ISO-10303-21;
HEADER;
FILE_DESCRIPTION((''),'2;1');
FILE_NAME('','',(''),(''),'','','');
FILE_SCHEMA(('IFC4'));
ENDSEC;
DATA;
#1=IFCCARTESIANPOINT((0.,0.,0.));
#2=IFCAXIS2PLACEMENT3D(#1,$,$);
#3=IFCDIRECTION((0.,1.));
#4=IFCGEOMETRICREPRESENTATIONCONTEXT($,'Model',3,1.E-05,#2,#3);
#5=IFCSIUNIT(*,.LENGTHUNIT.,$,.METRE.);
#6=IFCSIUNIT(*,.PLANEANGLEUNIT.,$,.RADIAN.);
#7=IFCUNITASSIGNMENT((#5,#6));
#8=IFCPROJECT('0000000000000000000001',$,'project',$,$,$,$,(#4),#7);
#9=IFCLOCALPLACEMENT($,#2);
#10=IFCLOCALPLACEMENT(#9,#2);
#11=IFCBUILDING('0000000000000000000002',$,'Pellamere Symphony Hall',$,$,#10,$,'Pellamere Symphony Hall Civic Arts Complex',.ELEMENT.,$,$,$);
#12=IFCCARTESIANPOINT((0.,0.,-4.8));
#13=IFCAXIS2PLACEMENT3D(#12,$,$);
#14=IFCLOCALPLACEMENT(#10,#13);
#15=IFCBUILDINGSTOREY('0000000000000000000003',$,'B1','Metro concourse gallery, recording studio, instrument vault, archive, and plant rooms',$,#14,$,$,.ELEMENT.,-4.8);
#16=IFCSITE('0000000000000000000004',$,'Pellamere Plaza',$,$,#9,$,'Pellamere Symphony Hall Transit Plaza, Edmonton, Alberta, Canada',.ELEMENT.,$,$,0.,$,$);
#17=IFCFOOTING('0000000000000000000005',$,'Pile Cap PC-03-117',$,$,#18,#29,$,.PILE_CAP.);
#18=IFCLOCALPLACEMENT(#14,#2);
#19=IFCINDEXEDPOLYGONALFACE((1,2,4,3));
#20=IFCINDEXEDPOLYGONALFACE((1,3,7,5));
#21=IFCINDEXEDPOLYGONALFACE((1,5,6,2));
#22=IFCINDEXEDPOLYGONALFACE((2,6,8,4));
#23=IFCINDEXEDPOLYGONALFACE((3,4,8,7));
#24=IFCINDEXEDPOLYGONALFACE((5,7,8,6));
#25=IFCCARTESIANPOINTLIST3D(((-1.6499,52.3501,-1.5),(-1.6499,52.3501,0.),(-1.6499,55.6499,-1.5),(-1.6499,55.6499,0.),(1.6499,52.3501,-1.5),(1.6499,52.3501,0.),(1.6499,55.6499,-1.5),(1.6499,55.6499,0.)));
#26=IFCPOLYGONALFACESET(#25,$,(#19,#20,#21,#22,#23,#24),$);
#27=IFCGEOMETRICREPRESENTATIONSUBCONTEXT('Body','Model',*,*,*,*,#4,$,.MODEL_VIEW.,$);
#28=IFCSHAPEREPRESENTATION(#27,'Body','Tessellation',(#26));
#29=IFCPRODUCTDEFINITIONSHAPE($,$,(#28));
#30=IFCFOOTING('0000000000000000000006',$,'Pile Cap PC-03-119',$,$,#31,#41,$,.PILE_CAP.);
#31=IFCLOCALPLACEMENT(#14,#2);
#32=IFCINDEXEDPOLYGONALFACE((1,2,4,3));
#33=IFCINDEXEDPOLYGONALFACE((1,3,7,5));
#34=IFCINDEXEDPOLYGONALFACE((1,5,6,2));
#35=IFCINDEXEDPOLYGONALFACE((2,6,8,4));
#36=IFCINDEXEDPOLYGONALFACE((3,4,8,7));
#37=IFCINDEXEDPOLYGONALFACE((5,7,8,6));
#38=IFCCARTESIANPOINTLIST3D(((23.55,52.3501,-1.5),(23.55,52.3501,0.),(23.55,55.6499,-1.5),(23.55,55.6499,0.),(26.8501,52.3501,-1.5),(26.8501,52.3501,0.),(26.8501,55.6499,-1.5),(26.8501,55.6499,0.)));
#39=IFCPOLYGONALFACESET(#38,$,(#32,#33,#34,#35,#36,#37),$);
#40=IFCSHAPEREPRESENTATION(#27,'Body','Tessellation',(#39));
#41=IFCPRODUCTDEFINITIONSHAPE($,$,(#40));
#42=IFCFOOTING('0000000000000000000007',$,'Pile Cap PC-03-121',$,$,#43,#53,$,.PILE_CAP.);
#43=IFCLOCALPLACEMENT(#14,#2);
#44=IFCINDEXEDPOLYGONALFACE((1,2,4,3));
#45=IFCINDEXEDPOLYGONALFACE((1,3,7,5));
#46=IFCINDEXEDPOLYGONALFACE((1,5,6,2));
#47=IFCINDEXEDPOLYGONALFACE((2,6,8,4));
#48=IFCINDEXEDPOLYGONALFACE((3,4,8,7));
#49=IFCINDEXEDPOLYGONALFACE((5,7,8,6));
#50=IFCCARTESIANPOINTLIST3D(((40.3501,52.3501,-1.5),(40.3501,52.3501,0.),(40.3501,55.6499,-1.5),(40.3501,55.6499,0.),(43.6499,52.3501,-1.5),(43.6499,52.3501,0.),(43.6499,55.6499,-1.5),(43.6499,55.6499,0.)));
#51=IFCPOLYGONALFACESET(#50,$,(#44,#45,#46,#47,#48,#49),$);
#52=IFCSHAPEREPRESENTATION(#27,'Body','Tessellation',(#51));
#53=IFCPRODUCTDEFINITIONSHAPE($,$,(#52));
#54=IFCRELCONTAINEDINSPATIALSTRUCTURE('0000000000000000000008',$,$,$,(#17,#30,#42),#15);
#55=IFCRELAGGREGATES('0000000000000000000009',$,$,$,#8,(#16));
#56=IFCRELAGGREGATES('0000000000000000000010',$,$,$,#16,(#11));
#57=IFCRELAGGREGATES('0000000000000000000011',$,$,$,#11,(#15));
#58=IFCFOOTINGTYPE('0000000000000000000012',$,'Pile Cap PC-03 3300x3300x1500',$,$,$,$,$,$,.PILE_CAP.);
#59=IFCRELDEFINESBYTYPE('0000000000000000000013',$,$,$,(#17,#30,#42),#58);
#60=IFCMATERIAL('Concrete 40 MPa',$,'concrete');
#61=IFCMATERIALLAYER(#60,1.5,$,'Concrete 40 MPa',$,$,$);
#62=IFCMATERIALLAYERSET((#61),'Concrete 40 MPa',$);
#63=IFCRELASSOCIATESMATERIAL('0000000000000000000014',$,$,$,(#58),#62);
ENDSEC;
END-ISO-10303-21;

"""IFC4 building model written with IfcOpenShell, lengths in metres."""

from ifc_helpers import new_model, si_unit, direction, frame, origin, place, context, subcontext, project, spatial, polyline, outline, extrude, material, layer, layer_set, type_object, element, save


model = new_model("IFC4")

# Units and contexts
model_context = context("Model", 3, precision=1e-05, world=origin(), true_north=direction((0.0, 1.0)))
body_context = subcontext(model_context, "Body", "Model", "MODEL_VIEW")
ifc_project = project(units=[si_unit("LENGTHUNIT", "METRE"), si_unit("PLANEANGLEUNIT", "RADIAN")], contexts=[model_context])

# Site, building, storey
site_placement = place(None, origin())
site = spatial("IfcSite", under=ifc_project, at=site_placement, Name="Pellamere Plaza", LongName="Pellamere Symphony Hall Transit Plaza, Edmonton, Alberta, Canada", CompositionType="ELEMENT", RefElevation=0.0)
building_placement = place(site_placement, origin())
building = spatial("IfcBuilding", under=site, at=building_placement, Name="Pellamere Symphony Hall", LongName="Pellamere Symphony Hall Civic Arts Complex", CompositionType="ELEMENT")
storey_placement = place(building_placement, frame((0.0, 0.0, -4.8)))
storey = spatial("IfcBuildingStorey", under=building, at=storey_placement, Name="B1", Description="Metro concourse gallery, recording studio, instrument vault, archive, and plant rooms", CompositionType="ELEMENT", Elevation=-4.8)

# Footings
ifc_material = material(Name="Concrete 40 MPa", Category="concrete")
ifc_layer_1 = layer(ifc_material, 1.5, Name="Concrete 40 MPa")
ifc_layer_set_1 = layer_set([ifc_layer_1], Name="Concrete 40 MPa")
footing_type_1 = type_object("IfcFootingType", Name="Pile Cap PC-03 3300x3300x1500", PredefinedType="PILE_CAP", material=ifc_layer_set_1)
footing_1_placement = place(storey_placement, frame((0.0, 0.0, -1.5)))
element("IfcFooting", 1, at=footing_1_placement, inside=storey, type_object=footing_type_1, Name="Pile Cap PC-03-117", PredefinedType="PILE_CAP", context=body_context, shape_type="SweptSolid", body=[
    extrude(outline(polyline([(-1.6499, 52.3501), (-1.6499, 55.6499), (1.6499, 55.6499), (1.6499, 52.3501), (-1.6499, 52.3501)])), origin(), (0.0, 0.0, 1.0), 1.5),
])
footing_2_placement = place(storey_placement, frame((0.0, 0.0, -1.5)))
element("IfcFooting", 2, at=footing_2_placement, inside=storey, type_object=footing_type_1, Name="Pile Cap PC-03-119", PredefinedType="PILE_CAP", context=body_context, shape_type="SweptSolid", body=[
    extrude(outline(polyline([(26.8501, 52.3501), (23.55, 52.3501), (23.55, 55.6499), (26.8501, 55.6499), (26.8501, 52.3501)])), origin(), (0.0, 0.0, 1.0), 1.5),
])
footing_3_placement = place(storey_placement, frame((0.0, 0.0, -1.5)))
element("IfcFooting", 3, at=footing_3_placement, inside=storey, type_object=footing_type_1, Name="Pile Cap PC-03-121", PredefinedType="PILE_CAP", context=body_context, shape_type="SweptSolid", body=[
    extrude(outline(polyline([(43.6499, 52.3501), (40.3501, 52.3501), (40.3501, 55.6499), (43.6499, 55.6499), (43.6499, 52.3501)])), origin(), (0.0, 0.0, 1.0), 1.5),
])

save(model, "model.ifc")
